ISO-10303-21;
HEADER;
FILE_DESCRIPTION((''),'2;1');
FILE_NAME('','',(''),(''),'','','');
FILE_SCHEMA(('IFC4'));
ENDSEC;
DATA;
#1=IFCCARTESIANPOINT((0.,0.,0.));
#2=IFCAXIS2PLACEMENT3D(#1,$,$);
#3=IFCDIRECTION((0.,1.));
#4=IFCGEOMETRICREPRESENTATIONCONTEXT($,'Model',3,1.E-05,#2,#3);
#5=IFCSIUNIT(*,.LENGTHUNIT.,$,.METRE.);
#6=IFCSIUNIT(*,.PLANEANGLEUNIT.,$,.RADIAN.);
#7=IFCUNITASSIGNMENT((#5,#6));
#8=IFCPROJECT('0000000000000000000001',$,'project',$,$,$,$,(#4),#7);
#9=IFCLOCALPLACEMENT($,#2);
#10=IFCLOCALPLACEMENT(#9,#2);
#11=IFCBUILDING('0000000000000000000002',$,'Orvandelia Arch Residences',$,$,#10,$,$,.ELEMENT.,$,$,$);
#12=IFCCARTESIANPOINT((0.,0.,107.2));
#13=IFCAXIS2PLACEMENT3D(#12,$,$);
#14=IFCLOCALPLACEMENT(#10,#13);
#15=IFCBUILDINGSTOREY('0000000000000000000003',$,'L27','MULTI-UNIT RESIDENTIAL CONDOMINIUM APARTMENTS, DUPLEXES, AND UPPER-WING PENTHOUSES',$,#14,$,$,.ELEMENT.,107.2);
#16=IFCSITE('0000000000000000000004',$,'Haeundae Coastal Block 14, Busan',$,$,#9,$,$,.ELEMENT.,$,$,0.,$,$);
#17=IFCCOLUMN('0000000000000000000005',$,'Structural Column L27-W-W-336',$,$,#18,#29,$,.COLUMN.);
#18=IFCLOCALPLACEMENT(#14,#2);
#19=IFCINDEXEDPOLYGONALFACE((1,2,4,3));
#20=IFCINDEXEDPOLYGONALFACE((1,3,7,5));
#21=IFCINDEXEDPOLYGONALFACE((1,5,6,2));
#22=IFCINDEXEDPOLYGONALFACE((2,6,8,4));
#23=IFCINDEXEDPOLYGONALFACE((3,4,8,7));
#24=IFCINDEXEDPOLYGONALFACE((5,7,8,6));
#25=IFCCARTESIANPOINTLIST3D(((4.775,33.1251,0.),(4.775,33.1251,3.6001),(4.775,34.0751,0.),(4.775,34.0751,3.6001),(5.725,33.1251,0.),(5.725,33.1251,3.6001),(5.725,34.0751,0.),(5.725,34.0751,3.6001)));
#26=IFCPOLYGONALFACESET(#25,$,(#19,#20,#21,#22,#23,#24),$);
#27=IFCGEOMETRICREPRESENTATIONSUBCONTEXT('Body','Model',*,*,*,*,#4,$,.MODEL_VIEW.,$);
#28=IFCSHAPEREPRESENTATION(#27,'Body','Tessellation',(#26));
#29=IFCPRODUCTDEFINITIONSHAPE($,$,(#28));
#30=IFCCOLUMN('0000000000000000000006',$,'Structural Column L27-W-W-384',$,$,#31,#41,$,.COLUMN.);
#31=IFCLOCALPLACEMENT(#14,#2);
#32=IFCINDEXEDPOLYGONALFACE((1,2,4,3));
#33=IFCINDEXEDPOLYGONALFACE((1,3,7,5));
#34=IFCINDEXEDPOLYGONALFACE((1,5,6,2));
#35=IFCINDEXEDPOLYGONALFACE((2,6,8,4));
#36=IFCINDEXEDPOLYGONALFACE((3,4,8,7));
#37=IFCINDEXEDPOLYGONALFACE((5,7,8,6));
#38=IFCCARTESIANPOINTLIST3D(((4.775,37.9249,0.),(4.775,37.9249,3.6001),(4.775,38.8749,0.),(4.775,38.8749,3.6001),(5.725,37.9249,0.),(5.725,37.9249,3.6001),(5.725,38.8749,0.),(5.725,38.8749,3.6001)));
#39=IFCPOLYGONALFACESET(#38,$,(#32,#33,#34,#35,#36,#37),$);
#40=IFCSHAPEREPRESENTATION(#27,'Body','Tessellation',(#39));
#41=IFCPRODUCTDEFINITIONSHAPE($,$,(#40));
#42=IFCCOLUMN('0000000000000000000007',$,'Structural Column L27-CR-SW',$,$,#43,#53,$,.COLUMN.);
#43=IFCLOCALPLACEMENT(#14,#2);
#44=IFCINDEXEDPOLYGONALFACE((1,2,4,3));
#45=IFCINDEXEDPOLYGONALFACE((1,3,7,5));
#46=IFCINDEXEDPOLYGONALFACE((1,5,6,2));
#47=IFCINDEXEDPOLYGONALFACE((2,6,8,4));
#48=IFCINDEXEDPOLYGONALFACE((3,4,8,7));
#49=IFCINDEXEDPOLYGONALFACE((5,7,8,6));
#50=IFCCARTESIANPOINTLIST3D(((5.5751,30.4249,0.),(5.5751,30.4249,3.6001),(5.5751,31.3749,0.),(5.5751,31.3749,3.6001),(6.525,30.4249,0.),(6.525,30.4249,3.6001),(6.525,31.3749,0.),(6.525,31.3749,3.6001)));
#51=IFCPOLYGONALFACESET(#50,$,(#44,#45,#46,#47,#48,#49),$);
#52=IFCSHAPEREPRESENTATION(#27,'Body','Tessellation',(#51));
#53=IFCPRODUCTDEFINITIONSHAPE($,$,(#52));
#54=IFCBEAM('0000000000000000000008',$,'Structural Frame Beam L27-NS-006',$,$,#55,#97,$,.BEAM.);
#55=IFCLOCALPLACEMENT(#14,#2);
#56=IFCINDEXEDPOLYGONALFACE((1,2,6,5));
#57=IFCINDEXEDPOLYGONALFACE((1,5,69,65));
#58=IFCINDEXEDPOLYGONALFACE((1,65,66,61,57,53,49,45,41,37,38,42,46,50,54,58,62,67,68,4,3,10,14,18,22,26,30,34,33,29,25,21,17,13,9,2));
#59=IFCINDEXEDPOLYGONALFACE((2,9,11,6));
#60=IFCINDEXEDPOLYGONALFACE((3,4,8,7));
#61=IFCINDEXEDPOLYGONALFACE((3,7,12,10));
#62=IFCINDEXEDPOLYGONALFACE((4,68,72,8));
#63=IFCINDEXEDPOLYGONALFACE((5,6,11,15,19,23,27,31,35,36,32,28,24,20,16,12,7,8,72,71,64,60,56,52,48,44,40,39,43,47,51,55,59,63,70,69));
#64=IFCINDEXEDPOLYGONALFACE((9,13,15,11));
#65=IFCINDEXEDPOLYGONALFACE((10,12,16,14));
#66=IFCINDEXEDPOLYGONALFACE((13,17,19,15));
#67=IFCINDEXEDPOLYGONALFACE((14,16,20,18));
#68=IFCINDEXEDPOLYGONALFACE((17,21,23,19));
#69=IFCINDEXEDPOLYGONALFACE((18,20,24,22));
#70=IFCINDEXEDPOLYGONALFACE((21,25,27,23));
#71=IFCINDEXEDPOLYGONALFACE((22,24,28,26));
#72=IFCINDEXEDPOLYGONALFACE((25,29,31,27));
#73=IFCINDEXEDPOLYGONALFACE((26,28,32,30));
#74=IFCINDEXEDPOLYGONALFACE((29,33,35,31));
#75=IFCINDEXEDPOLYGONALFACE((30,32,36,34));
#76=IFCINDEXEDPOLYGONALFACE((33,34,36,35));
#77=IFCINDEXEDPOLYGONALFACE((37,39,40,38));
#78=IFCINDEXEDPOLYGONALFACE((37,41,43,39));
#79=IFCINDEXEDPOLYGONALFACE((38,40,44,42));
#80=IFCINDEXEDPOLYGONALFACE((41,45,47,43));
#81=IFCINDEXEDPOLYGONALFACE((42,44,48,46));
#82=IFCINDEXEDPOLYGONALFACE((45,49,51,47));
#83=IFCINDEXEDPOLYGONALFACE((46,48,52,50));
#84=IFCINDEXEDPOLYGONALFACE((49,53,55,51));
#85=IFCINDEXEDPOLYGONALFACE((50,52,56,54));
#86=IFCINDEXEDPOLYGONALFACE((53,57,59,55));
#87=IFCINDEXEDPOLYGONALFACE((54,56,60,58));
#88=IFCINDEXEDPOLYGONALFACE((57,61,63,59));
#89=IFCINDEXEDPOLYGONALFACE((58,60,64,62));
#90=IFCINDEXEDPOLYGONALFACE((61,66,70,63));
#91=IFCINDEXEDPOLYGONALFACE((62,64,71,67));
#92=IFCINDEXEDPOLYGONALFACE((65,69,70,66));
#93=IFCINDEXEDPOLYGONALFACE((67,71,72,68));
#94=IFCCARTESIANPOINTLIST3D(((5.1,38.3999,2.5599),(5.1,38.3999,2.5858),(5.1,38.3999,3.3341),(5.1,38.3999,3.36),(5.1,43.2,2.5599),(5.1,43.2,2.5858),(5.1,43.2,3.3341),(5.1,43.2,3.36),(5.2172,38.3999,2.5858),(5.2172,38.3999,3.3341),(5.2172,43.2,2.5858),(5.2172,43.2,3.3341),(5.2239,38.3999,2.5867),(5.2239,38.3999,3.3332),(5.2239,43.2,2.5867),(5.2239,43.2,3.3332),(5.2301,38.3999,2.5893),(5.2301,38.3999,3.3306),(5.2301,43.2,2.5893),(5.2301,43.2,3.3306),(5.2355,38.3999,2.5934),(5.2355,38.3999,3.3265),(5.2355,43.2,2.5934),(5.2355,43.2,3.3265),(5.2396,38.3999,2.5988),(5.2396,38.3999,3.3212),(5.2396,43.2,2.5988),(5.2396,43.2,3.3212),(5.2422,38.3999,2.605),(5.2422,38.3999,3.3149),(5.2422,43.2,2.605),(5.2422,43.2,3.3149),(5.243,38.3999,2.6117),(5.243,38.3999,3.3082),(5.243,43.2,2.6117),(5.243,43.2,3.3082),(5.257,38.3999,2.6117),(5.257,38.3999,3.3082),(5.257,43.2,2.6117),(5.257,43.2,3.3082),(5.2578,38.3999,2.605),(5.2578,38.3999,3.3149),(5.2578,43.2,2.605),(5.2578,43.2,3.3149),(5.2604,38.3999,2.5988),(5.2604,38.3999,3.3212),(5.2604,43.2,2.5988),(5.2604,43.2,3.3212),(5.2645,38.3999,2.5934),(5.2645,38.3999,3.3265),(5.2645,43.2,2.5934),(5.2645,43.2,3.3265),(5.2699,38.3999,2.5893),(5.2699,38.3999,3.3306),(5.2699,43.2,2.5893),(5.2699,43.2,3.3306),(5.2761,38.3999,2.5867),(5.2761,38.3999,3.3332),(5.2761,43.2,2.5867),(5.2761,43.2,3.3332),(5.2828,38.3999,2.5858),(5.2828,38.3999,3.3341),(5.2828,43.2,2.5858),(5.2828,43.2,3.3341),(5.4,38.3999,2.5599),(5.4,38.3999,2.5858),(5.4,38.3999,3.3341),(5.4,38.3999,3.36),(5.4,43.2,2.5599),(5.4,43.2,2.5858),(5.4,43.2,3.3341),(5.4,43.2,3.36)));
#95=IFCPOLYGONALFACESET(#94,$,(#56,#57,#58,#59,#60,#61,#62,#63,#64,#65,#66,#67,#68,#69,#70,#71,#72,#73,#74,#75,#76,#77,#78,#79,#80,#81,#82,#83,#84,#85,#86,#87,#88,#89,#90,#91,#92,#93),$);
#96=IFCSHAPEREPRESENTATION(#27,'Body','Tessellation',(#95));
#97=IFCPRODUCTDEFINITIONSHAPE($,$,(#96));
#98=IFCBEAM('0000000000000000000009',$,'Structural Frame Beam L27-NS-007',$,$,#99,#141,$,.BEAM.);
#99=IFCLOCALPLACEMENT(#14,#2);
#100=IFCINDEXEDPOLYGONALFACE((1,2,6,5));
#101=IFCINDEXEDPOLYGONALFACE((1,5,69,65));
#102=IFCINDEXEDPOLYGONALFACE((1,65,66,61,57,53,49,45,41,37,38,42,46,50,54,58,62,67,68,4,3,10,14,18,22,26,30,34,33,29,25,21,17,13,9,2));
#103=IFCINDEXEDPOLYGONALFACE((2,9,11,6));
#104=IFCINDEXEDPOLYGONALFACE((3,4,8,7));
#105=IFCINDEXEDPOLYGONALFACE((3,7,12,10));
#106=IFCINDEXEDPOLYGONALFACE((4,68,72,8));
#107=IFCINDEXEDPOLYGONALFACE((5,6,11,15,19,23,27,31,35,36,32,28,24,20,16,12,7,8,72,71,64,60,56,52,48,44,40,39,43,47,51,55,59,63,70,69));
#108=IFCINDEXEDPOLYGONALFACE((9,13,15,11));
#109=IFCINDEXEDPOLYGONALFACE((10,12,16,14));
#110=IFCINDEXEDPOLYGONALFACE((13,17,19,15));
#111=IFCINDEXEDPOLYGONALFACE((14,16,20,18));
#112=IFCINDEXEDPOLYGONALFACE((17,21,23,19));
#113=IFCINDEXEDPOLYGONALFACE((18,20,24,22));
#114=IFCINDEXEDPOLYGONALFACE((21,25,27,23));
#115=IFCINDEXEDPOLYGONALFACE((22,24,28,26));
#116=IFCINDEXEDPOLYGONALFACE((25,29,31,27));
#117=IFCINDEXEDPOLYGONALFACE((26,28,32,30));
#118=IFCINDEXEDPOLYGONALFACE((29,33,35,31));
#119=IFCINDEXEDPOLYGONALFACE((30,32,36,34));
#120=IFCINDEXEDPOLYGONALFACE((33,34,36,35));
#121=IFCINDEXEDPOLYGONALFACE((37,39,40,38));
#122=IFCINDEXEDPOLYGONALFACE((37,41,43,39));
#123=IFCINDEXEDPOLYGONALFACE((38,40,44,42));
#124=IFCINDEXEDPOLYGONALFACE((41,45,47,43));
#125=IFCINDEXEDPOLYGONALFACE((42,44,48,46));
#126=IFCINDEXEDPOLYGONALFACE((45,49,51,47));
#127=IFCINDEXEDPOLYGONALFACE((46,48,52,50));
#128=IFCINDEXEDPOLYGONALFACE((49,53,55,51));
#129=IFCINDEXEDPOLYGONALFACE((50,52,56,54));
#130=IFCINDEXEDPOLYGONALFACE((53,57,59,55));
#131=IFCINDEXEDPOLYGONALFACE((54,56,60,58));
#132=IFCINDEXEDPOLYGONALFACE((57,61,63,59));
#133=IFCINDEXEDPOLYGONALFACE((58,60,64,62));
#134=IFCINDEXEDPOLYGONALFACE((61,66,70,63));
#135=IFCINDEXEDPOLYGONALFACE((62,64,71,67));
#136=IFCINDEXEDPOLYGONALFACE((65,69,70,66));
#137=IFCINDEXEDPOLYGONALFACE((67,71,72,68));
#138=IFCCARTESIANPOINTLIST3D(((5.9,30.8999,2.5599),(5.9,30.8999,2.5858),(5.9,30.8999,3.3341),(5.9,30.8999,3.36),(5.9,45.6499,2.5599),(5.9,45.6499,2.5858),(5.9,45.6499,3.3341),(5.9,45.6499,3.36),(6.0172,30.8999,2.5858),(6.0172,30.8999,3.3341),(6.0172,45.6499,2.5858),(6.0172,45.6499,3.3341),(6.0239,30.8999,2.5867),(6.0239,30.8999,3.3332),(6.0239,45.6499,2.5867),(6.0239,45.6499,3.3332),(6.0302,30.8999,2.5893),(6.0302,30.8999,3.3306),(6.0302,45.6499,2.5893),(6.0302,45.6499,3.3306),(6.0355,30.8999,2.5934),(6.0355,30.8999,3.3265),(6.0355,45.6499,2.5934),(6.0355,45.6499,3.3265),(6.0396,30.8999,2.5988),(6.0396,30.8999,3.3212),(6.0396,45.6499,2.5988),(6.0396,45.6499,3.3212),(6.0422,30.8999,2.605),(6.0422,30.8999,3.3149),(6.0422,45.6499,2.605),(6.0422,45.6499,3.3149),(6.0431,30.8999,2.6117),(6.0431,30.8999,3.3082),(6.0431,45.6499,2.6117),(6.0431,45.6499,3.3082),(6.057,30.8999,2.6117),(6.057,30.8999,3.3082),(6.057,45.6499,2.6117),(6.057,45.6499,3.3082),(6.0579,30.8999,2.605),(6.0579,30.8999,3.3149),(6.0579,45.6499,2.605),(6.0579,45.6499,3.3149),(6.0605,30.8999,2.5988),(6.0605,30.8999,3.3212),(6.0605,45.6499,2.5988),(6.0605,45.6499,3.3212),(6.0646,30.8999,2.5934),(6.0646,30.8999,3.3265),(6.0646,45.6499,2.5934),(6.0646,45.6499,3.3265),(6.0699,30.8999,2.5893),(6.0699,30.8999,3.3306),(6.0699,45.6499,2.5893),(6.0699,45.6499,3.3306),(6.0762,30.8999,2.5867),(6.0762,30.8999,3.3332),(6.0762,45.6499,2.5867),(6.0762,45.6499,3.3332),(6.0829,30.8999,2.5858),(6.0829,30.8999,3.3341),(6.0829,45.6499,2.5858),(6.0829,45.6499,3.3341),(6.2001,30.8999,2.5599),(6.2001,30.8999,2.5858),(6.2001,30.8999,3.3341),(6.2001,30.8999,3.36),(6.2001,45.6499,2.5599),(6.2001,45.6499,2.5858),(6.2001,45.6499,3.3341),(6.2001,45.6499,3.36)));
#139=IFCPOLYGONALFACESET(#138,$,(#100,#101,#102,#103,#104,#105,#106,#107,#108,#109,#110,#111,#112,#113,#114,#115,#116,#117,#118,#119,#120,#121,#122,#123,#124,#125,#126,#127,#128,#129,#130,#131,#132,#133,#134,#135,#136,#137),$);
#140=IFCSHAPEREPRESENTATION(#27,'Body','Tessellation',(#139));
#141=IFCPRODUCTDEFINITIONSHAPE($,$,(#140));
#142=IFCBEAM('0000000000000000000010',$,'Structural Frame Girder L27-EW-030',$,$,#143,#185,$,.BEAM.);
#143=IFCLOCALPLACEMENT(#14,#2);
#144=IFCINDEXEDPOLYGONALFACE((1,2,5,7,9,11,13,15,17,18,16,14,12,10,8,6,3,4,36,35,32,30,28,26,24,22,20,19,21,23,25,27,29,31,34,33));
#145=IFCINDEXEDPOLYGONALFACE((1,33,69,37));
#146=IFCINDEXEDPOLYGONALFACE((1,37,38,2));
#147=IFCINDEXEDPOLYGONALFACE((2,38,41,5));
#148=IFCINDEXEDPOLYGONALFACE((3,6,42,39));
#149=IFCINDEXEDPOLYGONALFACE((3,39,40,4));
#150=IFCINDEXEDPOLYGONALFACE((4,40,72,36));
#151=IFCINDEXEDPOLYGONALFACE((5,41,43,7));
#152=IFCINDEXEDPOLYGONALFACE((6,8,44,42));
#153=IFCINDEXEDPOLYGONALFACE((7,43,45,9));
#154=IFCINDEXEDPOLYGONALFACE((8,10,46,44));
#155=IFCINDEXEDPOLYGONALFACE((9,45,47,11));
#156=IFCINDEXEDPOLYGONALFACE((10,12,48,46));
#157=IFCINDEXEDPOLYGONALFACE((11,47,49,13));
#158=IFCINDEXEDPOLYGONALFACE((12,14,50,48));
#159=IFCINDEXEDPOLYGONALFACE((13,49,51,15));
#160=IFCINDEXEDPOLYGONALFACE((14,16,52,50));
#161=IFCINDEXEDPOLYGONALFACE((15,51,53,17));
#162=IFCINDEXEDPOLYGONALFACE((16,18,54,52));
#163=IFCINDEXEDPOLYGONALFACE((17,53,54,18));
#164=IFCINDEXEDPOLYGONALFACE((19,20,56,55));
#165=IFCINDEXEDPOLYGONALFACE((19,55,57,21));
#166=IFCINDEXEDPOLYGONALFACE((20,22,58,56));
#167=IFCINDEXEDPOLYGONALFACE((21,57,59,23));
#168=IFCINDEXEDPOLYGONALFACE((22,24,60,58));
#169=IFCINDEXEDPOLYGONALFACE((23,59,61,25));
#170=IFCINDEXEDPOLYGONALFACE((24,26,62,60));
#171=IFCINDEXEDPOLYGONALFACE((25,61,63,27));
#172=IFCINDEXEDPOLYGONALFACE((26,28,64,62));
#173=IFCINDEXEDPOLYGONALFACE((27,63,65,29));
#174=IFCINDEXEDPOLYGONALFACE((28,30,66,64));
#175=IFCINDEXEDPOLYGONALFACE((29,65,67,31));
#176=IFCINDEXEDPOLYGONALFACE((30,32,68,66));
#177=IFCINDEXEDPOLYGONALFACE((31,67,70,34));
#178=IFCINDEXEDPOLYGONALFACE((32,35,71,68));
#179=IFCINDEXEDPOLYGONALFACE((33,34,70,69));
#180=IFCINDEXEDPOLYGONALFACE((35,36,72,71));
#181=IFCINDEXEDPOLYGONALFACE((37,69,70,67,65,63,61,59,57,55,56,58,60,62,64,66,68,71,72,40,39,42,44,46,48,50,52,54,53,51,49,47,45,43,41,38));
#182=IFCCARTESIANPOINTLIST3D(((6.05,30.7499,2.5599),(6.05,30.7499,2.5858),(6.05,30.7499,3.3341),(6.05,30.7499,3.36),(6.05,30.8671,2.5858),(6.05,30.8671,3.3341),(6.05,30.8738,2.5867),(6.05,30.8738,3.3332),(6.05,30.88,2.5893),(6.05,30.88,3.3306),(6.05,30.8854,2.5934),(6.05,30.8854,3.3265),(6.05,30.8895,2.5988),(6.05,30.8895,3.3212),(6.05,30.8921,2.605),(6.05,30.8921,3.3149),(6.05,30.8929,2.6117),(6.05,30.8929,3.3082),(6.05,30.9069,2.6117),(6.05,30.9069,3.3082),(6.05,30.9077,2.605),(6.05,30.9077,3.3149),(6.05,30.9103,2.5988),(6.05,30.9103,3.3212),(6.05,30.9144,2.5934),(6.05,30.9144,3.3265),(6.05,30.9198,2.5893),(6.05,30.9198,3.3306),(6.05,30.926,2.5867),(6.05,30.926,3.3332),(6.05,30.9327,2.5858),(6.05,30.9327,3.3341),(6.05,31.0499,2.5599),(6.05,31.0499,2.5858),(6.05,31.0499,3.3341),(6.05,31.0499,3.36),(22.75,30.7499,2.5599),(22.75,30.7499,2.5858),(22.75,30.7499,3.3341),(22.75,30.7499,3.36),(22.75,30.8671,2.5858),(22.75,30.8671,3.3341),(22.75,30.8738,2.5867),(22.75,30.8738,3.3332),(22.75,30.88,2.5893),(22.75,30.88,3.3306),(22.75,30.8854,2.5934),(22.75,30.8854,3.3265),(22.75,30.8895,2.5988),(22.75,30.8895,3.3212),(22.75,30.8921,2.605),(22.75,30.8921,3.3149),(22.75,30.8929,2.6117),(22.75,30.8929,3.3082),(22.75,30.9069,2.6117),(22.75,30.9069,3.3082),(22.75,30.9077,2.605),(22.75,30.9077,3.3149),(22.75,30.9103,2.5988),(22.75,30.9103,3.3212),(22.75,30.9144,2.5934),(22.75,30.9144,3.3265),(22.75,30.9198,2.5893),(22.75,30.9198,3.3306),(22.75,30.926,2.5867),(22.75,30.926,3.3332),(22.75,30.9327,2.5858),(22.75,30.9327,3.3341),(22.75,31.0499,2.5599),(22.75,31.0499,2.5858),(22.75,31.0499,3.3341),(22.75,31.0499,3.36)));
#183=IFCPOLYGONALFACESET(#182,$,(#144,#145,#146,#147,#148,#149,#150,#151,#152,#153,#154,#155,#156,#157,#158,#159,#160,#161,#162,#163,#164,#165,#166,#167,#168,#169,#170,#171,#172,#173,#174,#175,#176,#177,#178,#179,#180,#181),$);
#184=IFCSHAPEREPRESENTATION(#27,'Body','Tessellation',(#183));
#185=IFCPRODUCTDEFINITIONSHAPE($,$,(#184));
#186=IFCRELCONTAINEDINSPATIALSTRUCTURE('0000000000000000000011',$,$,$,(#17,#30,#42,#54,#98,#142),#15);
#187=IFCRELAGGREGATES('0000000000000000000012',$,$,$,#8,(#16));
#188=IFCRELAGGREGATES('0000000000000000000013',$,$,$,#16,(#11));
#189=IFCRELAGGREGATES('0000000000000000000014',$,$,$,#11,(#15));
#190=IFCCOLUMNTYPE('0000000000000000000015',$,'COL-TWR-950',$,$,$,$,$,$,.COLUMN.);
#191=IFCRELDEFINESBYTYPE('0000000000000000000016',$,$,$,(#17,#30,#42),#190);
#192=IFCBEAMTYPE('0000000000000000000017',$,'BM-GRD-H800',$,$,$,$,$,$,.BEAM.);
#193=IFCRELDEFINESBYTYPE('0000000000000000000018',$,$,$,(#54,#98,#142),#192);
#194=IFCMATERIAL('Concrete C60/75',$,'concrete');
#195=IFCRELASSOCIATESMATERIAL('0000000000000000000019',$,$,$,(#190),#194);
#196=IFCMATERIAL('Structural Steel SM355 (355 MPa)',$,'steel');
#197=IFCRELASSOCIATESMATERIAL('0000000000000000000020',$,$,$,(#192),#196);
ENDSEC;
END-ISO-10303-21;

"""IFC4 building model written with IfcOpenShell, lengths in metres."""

from ifc_helpers import new_model, si_unit, direction, frame, origin, origin_2d, place, context, subcontext, project, spatial, rectangle, i_section, extrude, material, material_profile, profile_set, type_object, element, save


model = new_model("IFC4")

# Units and contexts
model_context = context("Model", 3, precision=1e-05, world=origin(), true_north=direction((0.0, 1.0)))
body_context = subcontext(model_context, "Body", "Model", "MODEL_VIEW")
ifc_project = project(units=[si_unit("LENGTHUNIT", "METRE"), si_unit("PLANEANGLEUNIT", "RADIAN")], contexts=[model_context])

# Site, building, storey
site_placement = place(None, origin())
site = spatial("IfcSite", under=ifc_project, at=site_placement, Name="Haeundae Coastal Block 14, Busan", CompositionType="ELEMENT", RefElevation=0.0)
building_placement = place(site_placement, origin())
building = spatial("IfcBuilding", under=site, at=building_placement, Name="Orvandelia Arch Residences", CompositionType="ELEMENT")
storey_placement = place(building_placement, frame((0.0, 0.0, 107.2)))
storey = spatial("IfcBuildingStorey", under=building, at=storey_placement, Name="L27", Description="MULTI-UNIT RESIDENTIAL CONDOMINIUM APARTMENTS, DUPLEXES, AND UPPER-WING PENTHOUSES", CompositionType="ELEMENT", Elevation=107.2)

# Columns
ifc_material_1 = material(Name="Concrete C60/75", Category="concrete")
ifc_material_profile_1 = material_profile(ifc_material_1, rectangle(XDim=0.95, YDim=0.95, at=origin_2d()), Name="Concrete C60/75", Category="concrete")
ifc_profile_set_1 = profile_set([ifc_material_profile_1], Name="Concrete C60/75")
column_type = type_object("IfcColumnType", Name="COL-TWR-950", PredefinedType="COLUMN", material=ifc_profile_set_1)
for number, where, z_axis, x_axis, name in (
    (1, (5.25, 33.6001, 0.0), (0.0, 0.0, 1.0), (1.0, 0.0, 0.0), "Structural Column L27-W-W-336"),
    (2, (5.25, 38.3999, 0.0), (0.0, 0.0, 1.0), (1.0, 0.0, 0.0), "Structural Column L27-W-W-384"),
    (3, (6.05, 30.8999, 0.0), (0.0, 0.0, 1.0), (1.0, 0.0, 0.0), "Structural Column L27-CR-SW"),
):
    element("IfcColumn", number, at=place(storey_placement, frame(where, z_axis=z_axis, x_axis=x_axis)), inside=storey, type_object=column_type, Name=name, PredefinedType="COLUMN", context=body_context, shape_type="SweptSolid", body=[
        extrude(rectangle(XDim=0.95, YDim=0.95, at=origin_2d()), origin(), (0.0, 0.0, 1.0), 3.6001),
    ])

# Beams
ifc_material_2 = material(Name="Structural Steel SM355 (355 MPa)", Category="steel")
ifc_material_profile_2 = material_profile(ifc_material_2, i_section(OverallWidth=0.3, OverallDepth=0.8, WebThickness=0.0139, FlangeThickness=0.0259, FilletRadius=0.0259, at=origin_2d()), Name="Structural Steel SM355 (355 MPa)", Category="steel")
ifc_profile_set_2 = profile_set([ifc_material_profile_2], Name="Structural Steel SM355 (355 MPa)")
beam_type_1 = type_object("IfcBeamType", Name="BM-GRD-H800", PredefinedType="BEAM", material=ifc_profile_set_2)
beam_1_placement = place(storey_placement, frame((5.25, 38.3999, 2.96), z_axis=(0.0, 1.0, 0.0), x_axis=(-1.0, 0.0, 0.0)))
element("IfcBeam", 4, at=beam_1_placement, inside=storey, type_object=beam_type_1, Name="Structural Frame Beam L27-NS-006", PredefinedType="BEAM", context=body_context, shape_type="SweptSolid", body=[
    extrude(i_section(OverallWidth=0.3, OverallDepth=0.8, WebThickness=0.0139, FlangeThickness=0.0259, FilletRadius=0.0259, at=origin_2d()), origin(), (0.0, 0.0, 1.0), 4.8),
])
beam_2_placement = place(storey_placement, frame((6.05, 30.8999, 2.96), z_axis=(0.0, 1.0, 0.0), x_axis=(-1.0, 0.0, 0.0)))
element("IfcBeam", 5, at=beam_2_placement, inside=storey, type_object=beam_type_1, Name="Structural Frame Beam L27-NS-007", PredefinedType="BEAM", context=body_context, shape_type="SweptSolid", body=[
    extrude(i_section(OverallWidth=0.3, OverallDepth=0.8, WebThickness=0.0139, FlangeThickness=0.0259, FilletRadius=0.0259, at=origin_2d()), origin(), (0.0, 0.0, 1.0), 14.75),
])
beam_3_placement = place(storey_placement, frame((6.05, 30.8999, 2.96), z_axis=(1.0, 0.0, 0.0), x_axis=(0.0, 1.0, 0.0)))
element("IfcBeam", 6, at=beam_3_placement, inside=storey, type_object=beam_type_1, Name="Structural Frame Girder L27-EW-030", PredefinedType="BEAM", context=body_context, shape_type="SweptSolid", body=[
    extrude(i_section(OverallWidth=0.3, OverallDepth=0.8, WebThickness=0.0139, FlangeThickness=0.0259, FilletRadius=0.0259, at=origin_2d()), origin(), (0.0, 0.0, 1.0), 16.7),
])

save(model, "model.ifc")
